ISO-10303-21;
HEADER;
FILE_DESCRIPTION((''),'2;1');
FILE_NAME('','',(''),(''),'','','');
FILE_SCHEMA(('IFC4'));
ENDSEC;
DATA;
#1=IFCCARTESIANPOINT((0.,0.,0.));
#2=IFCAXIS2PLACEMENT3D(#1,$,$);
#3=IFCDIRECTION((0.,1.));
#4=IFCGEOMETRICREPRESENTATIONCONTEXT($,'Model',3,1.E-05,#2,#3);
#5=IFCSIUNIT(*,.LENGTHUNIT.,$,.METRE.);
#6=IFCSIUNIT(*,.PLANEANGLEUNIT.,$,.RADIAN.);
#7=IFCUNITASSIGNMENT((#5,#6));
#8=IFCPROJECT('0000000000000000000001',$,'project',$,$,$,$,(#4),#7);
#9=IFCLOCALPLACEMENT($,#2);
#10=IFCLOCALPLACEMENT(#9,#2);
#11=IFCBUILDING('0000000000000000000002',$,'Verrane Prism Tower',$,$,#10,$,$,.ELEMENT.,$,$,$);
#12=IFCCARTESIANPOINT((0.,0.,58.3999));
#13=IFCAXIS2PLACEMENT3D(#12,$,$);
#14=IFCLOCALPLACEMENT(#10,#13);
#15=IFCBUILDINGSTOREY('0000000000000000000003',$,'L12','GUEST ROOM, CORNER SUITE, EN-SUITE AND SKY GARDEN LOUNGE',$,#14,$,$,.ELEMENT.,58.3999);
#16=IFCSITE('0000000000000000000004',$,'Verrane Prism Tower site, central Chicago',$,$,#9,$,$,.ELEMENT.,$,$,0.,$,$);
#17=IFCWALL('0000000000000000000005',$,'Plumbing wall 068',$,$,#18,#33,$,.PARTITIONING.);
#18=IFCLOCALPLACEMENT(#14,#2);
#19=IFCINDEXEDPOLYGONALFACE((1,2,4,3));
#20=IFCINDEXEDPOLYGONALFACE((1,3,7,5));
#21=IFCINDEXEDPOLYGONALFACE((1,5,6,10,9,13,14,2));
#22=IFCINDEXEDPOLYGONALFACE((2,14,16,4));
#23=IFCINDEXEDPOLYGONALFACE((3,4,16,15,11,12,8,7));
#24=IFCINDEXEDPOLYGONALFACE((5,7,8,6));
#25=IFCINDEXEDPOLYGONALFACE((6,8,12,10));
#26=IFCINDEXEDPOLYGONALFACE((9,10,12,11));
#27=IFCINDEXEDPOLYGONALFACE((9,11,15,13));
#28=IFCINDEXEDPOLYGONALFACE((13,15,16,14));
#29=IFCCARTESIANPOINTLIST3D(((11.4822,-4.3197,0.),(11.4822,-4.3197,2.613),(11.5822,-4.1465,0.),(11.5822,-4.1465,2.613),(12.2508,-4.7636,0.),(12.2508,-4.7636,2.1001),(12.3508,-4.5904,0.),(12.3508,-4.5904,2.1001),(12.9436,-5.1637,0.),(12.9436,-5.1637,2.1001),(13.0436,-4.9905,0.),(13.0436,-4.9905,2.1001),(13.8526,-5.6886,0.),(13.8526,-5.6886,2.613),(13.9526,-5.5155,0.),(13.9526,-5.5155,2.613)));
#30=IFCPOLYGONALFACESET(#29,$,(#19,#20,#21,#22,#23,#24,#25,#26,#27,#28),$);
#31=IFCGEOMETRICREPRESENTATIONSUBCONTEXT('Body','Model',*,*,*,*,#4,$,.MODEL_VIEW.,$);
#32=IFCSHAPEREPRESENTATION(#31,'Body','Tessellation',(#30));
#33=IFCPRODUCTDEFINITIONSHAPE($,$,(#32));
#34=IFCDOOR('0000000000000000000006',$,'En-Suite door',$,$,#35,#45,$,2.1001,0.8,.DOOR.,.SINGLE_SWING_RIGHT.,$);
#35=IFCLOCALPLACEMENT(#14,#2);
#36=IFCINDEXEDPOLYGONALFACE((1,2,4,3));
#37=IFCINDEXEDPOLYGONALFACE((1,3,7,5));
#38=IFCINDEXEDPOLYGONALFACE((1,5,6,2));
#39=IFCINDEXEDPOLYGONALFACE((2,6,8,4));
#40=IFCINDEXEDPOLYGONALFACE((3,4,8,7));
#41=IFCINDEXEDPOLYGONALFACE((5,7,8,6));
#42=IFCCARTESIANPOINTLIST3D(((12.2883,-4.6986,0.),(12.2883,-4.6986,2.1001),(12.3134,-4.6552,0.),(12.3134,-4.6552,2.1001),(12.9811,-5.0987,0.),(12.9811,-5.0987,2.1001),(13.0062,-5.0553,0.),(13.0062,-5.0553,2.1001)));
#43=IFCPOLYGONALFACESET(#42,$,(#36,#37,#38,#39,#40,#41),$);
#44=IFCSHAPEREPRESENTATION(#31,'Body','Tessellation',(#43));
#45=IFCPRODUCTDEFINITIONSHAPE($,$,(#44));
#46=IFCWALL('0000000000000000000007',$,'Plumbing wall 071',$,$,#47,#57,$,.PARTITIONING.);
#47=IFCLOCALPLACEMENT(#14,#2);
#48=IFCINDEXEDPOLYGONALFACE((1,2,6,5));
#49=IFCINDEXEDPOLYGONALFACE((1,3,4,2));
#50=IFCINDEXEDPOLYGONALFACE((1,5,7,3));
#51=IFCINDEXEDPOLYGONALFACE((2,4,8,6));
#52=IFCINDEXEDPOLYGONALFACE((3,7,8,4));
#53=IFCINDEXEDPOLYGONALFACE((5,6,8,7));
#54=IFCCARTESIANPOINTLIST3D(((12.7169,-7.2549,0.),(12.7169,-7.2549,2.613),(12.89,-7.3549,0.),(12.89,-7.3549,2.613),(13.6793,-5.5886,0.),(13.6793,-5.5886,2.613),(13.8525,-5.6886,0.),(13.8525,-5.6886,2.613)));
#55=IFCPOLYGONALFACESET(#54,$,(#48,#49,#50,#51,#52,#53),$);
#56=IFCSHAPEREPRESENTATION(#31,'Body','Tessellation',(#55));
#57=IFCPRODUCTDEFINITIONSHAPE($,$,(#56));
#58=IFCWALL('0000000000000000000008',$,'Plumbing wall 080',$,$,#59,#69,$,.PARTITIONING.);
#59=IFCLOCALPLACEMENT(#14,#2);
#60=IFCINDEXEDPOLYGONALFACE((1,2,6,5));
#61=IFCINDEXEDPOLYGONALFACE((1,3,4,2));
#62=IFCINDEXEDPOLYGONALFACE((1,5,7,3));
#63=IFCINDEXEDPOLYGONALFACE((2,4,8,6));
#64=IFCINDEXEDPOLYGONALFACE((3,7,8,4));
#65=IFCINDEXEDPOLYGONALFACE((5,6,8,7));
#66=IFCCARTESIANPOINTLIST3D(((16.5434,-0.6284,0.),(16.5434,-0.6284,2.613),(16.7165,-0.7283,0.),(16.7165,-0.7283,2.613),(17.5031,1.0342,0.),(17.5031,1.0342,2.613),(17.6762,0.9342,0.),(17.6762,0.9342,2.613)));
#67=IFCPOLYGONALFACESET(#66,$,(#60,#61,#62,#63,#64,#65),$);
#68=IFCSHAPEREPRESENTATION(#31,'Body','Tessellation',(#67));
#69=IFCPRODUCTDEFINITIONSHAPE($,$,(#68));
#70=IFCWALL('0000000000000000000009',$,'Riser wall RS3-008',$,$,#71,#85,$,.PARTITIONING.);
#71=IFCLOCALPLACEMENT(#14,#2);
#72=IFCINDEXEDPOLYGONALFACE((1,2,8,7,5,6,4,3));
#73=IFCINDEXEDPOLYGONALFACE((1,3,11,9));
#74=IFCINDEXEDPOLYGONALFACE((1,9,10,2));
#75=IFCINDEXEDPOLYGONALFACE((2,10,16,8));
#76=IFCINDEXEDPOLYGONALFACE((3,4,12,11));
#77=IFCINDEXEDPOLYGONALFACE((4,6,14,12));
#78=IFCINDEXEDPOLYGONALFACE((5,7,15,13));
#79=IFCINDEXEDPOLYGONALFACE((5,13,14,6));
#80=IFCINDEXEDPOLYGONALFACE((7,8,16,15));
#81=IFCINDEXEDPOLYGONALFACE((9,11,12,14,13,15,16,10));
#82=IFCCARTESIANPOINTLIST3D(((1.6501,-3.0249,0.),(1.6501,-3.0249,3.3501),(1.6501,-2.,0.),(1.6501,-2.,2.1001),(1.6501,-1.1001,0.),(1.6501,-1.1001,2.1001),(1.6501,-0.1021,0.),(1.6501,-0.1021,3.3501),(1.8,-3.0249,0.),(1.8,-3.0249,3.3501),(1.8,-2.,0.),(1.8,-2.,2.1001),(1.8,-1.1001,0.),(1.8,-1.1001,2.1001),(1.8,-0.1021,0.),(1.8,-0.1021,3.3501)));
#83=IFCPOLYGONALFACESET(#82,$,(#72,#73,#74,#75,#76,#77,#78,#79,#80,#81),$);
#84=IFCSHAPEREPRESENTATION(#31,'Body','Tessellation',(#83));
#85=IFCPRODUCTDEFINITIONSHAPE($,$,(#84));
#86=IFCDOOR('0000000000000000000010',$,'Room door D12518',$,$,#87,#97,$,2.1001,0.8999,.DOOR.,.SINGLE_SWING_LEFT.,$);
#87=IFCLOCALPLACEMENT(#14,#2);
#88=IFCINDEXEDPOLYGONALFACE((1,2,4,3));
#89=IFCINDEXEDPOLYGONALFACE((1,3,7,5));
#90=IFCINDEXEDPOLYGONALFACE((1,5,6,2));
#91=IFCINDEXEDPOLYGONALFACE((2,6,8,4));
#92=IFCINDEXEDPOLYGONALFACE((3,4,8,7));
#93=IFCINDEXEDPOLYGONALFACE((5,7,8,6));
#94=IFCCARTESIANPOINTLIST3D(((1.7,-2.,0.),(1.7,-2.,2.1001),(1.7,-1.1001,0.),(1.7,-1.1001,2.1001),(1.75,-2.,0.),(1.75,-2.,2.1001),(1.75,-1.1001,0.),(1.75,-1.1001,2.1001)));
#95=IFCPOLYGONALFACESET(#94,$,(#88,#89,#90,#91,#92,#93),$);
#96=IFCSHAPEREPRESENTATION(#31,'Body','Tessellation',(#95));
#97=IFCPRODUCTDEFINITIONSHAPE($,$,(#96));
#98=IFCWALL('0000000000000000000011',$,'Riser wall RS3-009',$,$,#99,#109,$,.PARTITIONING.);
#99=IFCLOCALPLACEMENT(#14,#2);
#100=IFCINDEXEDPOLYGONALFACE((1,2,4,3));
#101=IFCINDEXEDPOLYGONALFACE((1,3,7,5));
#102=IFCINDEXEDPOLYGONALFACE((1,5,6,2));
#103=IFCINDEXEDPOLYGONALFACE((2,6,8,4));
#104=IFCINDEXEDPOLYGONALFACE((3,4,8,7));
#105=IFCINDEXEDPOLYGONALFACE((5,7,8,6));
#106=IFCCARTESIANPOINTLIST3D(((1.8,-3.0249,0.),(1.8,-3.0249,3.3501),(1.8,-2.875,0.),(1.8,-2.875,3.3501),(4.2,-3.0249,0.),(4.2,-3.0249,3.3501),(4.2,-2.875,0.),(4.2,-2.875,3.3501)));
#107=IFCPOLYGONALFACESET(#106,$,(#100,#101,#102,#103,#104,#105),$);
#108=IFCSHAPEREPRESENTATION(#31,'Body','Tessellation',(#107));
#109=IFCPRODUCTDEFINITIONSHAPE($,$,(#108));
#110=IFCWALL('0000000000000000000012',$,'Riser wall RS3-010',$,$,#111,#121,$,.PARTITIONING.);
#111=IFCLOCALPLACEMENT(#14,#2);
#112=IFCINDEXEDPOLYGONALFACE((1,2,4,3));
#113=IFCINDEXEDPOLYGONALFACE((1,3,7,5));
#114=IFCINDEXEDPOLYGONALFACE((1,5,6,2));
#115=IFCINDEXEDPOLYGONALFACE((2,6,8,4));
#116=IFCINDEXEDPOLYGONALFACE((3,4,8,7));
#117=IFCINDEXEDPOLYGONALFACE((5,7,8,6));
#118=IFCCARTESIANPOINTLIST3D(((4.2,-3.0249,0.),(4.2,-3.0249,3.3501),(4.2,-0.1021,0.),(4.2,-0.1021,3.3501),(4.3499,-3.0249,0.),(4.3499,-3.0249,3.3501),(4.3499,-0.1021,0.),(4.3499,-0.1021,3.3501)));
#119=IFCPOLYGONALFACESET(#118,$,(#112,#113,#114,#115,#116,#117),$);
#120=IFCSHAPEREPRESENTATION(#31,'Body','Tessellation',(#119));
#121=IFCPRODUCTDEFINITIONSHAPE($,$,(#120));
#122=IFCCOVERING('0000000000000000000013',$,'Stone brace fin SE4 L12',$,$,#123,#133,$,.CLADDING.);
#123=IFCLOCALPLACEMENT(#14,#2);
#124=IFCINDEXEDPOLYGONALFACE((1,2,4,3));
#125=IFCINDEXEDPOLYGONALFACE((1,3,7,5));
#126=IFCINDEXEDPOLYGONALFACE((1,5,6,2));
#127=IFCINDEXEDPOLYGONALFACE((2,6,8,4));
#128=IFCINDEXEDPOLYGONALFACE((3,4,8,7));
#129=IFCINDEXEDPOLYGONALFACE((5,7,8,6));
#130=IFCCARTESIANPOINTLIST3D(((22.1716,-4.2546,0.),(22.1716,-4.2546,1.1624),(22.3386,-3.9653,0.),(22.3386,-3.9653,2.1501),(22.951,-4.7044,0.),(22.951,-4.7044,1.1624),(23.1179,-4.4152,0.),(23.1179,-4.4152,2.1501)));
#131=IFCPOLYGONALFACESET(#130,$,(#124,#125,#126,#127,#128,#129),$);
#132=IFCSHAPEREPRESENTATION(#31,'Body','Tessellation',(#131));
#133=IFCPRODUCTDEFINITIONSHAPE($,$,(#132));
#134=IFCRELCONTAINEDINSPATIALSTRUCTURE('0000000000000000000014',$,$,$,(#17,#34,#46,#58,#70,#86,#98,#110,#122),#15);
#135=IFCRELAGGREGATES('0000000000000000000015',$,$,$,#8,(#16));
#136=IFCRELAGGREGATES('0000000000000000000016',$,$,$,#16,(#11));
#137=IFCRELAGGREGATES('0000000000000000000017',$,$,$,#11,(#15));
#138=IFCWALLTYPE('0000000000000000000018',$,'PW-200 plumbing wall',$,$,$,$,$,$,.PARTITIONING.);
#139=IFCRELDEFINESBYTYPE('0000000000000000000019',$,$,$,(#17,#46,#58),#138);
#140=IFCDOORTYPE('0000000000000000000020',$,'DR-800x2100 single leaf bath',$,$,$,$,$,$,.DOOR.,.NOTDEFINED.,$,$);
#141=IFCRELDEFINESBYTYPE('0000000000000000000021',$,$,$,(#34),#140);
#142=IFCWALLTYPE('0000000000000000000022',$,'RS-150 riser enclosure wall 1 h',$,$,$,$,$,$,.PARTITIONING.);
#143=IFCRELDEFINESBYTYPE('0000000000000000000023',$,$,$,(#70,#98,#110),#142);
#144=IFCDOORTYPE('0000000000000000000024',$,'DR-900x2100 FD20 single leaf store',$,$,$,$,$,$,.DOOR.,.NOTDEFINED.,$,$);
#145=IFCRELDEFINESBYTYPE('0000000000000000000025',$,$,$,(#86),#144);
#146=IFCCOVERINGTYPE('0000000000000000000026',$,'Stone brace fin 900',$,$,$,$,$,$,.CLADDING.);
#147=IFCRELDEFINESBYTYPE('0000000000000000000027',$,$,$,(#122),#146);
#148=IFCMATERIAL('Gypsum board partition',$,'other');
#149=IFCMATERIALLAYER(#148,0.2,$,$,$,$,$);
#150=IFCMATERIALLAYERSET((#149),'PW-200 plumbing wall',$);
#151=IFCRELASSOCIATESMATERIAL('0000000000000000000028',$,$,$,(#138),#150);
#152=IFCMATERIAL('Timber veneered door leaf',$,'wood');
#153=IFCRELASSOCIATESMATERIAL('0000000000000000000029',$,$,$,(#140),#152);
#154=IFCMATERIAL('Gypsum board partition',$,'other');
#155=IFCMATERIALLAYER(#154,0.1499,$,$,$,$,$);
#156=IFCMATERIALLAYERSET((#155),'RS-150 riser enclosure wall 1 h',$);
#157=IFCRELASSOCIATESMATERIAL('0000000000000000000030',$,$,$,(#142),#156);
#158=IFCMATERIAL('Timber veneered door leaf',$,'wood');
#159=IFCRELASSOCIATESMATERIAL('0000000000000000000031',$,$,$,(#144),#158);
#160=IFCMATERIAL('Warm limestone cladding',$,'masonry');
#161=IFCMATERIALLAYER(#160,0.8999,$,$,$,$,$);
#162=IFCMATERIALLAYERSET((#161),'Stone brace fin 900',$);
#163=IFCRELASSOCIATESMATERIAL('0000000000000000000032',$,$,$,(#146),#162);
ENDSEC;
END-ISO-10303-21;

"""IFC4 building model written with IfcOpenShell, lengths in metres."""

from ifc_helpers import new_model, si_unit, direction, frame, frame_2d, origin, place, context, subcontext, project, spatial, polyline, rectangle, outline, extrude, material, layer, layer_set, type_object, element, fill, save


model = new_model("IFC4")

# Units and contexts
model_context = context("Model", 3, precision=1e-05, world=origin(), true_north=direction((0.0, 1.0)))
body_context = subcontext(model_context, "Body", "Model", "MODEL_VIEW")
ifc_project = project(units=[si_unit("LENGTHUNIT", "METRE"), si_unit("PLANEANGLEUNIT", "RADIAN")], contexts=[model_context])

# Site, building, storey
site_placement = place(None, origin())
site = spatial("IfcSite", under=ifc_project, at=site_placement, Name="Verrane Prism Tower site, central Chicago", CompositionType="ELEMENT", RefElevation=0.0)
building_placement = place(site_placement, origin())
building = spatial("IfcBuilding", under=site, at=building_placement, Name="Verrane Prism Tower", CompositionType="ELEMENT")
storey_placement = place(building_placement, frame((0.0, 0.0, 58.3999)))
storey = spatial("IfcBuildingStorey", under=building, at=storey_placement, Name="L12", Description="GUEST ROOM, CORNER SUITE, EN-SUITE AND SKY GARDEN LOUNGE", CompositionType="ELEMENT", Elevation=58.3999)

# Wall, opening, door
ifc_material_1 = material(Name="Gypsum board partition", Category="other")
ifc_layer_1 = layer(ifc_material_1, 0.2)
ifc_layer_set_1 = layer_set([ifc_layer_1], Name="PW-200 plumbing wall")
wall_type_1 = type_object("IfcWallType", Name="PW-200 plumbing wall", PredefinedType="PARTITIONING", material=ifc_layer_set_1)
wall_1_placement = place(storey_placement, frame((13.9026, -5.6021, 0.0), z_axis=(0.0, 0.0, 1.0), x_axis=(-0.865967, 0.500101, 0.0)))
wall_1 = element("IfcWall", 1, at=wall_1_placement, inside=storey, type_object=wall_type_1, Name="Plumbing wall 068", PredefinedType="PARTITIONING", context=body_context, shape_type="SweptSolid", body=[
    extrude(rectangle(XDim=2.7373, YDim=0.2, at=frame_2d((1.3687, 0.0))), origin(), (0.0, 0.0, 1.0), 2.613),
])
opening_1_placement = place(wall_1_placement, frame((1.0498, 0.0, 0.0)))
opening_1 = element("IfcOpeningElement", 2, at=opening_1_placement, cuts=wall_1, PredefinedType="OPENING", context=body_context, shape_type="SweptSolid", body=[
    extrude(rectangle(XDim=0.8, YDim=2.1001, at=frame_2d((0.3999, 1.05))), frame((0.0, 0.1099, 0.0), z_axis=(0.0, -1.0, 0.0), x_axis=(1.0, 0.0, 0.0)), (0.0, 0.0, 1.0), 0.22),
])
ifc_material_2 = material(Name="Timber veneered door leaf", Category="wood")
door_type_1 = type_object("IfcDoorType", Name="DR-800x2100 single leaf bath", OperationType="NOTDEFINED", PredefinedType="DOOR", material=ifc_material_2)
door_1_placement = place(opening_1_placement, origin())
door_1 = element("IfcDoor", 3, at=door_1_placement, inside=storey, type_object=door_type_1, Name="En-Suite door", OperationType="SINGLE_SWING_RIGHT", OverallHeight=2.1001, OverallWidth=0.8, PredefinedType="DOOR", context=body_context, shape_type="SweptSolid", body=[
    extrude(rectangle(XDim=0.8, YDim=2.1001, at=frame_2d((0.3999, 1.05))), frame((0.0, 0.0249, 0.0), z_axis=(0.0, -1.0, 0.0), x_axis=(1.0, 0.0, 0.0)), (0.0, 0.0, 1.0), 0.05),
])
fill(opening_1, door_1)

# Walls
wall_2_placement = place(storey_placement, frame((12.8035, -7.3049, 0.0), z_axis=(0.0, 0.0, 1.0), x_axis=(0.500151, 0.865938, 0.0)))
element("IfcWall", 4, at=wall_2_placement, inside=storey, type_object=wall_type_1, Name="Plumbing wall 071", PredefinedType="PARTITIONING", context=body_context, shape_type="SweptSolid", body=[
    extrude(rectangle(XDim=1.9243, YDim=0.2, at=frame_2d((0.9622, 0.0))), origin(), (0.0, 0.0, 1.0), 2.613),
])
wall_3_placement = place(storey_placement, frame((16.6299, -0.6785, 0.0), z_axis=(0.0, 0.0, 1.0), x_axis=(0.499928, 0.866067, 0.0)))
element("IfcWall", 5, at=wall_3_placement, inside=storey, type_object=wall_type_1, Name="Plumbing wall 080", PredefinedType="PARTITIONING", context=body_context, shape_type="SweptSolid", body=[
    extrude(rectangle(XDim=1.9197, YDim=0.2, at=frame_2d((0.96, 0.0))), origin(), (0.0, 0.0, 1.0), 2.613),
])

# Wall, opening, door
ifc_material_3 = material(Name="Gypsum board partition", Category="other")
ifc_layer_2 = layer(ifc_material_3, 0.1499)
ifc_layer_set_2 = layer_set([ifc_layer_2], Name="RS-150 riser enclosure wall 1 h")
wall_type_2 = type_object("IfcWallType", Name="RS-150 riser enclosure wall 1 h", PredefinedType="PARTITIONING", material=ifc_layer_set_2)
wall_4_placement = place(storey_placement, frame((1.7251, -0.1021, 0.0), z_axis=(0.0, 0.0, 1.0), x_axis=(0.0, -1.0, 0.0)))
wall_4 = element("IfcWall", 6, at=wall_4_placement, inside=storey, type_object=wall_type_2, Name="Riser wall RS3-008", PredefinedType="PARTITIONING", context=body_context, shape_type="SweptSolid", body=[
    extrude(rectangle(XDim=2.9229, YDim=0.1499, at=frame_2d((1.4614, 0.0))), origin(), (0.0, 0.0, 1.0), 3.3501),
])
opening_2_placement = place(wall_4_placement, frame((0.998, 0.0, 0.0)))
opening_2 = element("IfcOpeningElement", 7, at=opening_2_placement, cuts=wall_4, PredefinedType="OPENING", context=body_context, shape_type="SweptSolid", body=[
    extrude(rectangle(XDim=0.8999, YDim=2.1001, at=frame_2d((0.45, 1.05))), frame((0.0, 0.085, 0.0), z_axis=(0.0, -1.0, 0.0), x_axis=(1.0, 0.0, 0.0)), (0.0, 0.0, 1.0), 0.1699),
])
ifc_material_4 = material(Name="Timber veneered door leaf", Category="wood")
door_type_2 = type_object("IfcDoorType", Name="DR-900x2100 FD20 single leaf store", OperationType="NOTDEFINED", PredefinedType="DOOR", material=ifc_material_4)
door_2_placement = place(opening_2_placement, origin())
door_2 = element("IfcDoor", 8, at=door_2_placement, inside=storey, type_object=door_type_2, Name="Room door D12518", OperationType="SINGLE_SWING_LEFT", OverallHeight=2.1001, OverallWidth=0.8999, PredefinedType="DOOR", context=body_context, shape_type="SweptSolid", body=[
    extrude(rectangle(XDim=0.8999, YDim=2.1001, at=frame_2d((0.45, 1.05))), frame((0.0, 0.0249, 0.0), z_axis=(0.0, -1.0, 0.0), x_axis=(1.0, 0.0, 0.0)), (0.0, 0.0, 1.0), 0.05),
])
fill(opening_2, door_2)

# Walls
wall_5_placement = place(storey_placement, frame((1.8, -2.95, 0.0), z_axis=(0.0, 0.0, 1.0), x_axis=(1.0, 0.0, 0.0)))
element("IfcWall", 9, at=wall_5_placement, inside=storey, type_object=wall_type_2, Name="Riser wall RS3-009", PredefinedType="PARTITIONING", context=body_context, shape_type="SweptSolid", body=[
    extrude(rectangle(XDim=2.3999, YDim=0.1499, at=frame_2d((1.2, 0.0))), origin(), (0.0, 0.0, 1.0), 3.3501),
])
wall_6_placement = place(storey_placement, frame((4.2749, -3.0249, 0.0), z_axis=(0.0, 0.0, 1.0), x_axis=(0.0, 1.0, 0.0)))
element("IfcWall", 10, at=wall_6_placement, inside=storey, type_object=wall_type_2, Name="Riser wall RS3-010", PredefinedType="PARTITIONING", context=body_context, shape_type="SweptSolid", body=[
    extrude(rectangle(XDim=2.9229, YDim=0.1499, at=frame_2d((1.4614, 0.0))), origin(), (0.0, 0.0, 1.0), 3.3501),
])

# Covering
ifc_material_5 = material(Name="Warm limestone cladding", Category="masonry")
ifc_layer_3 = layer(ifc_material_5, 0.8999)
ifc_layer_set_3 = layer_set([ifc_layer_3], Name="Stone brace fin 900")
covering_type = type_object("IfcCoveringType", Name="Stone brace fin 900", PredefinedType="CLADDING", material=ifc_layer_set_3)
covering_placement = place(storey_placement, frame((22.5613, -4.4795, 0.0), z_axis=(0.0, 0.0, 1.0), x_axis=(0.499912, 0.866076, 0.0)))
element("IfcCovering", 11, at=covering_placement, inside=storey, type_object=covering_type, Name="Stone brace fin SE4 L12", PredefinedType="CLADDING", context=body_context, shape_type="SweptSolid", body=[
    extrude(outline(polyline([(0.0, 0.0), (0.334, 0.0), (0.334, 2.1501), (0.0, 1.1624), (0.0, 0.0)])), frame((0.0, 0.45, 0.0), z_axis=(0.0, -1.0, 0.0), x_axis=(1.0, 0.0, 0.0)), (0.0, 0.0, 1.0), 0.8999),
])

save(model, "model.ifc")
